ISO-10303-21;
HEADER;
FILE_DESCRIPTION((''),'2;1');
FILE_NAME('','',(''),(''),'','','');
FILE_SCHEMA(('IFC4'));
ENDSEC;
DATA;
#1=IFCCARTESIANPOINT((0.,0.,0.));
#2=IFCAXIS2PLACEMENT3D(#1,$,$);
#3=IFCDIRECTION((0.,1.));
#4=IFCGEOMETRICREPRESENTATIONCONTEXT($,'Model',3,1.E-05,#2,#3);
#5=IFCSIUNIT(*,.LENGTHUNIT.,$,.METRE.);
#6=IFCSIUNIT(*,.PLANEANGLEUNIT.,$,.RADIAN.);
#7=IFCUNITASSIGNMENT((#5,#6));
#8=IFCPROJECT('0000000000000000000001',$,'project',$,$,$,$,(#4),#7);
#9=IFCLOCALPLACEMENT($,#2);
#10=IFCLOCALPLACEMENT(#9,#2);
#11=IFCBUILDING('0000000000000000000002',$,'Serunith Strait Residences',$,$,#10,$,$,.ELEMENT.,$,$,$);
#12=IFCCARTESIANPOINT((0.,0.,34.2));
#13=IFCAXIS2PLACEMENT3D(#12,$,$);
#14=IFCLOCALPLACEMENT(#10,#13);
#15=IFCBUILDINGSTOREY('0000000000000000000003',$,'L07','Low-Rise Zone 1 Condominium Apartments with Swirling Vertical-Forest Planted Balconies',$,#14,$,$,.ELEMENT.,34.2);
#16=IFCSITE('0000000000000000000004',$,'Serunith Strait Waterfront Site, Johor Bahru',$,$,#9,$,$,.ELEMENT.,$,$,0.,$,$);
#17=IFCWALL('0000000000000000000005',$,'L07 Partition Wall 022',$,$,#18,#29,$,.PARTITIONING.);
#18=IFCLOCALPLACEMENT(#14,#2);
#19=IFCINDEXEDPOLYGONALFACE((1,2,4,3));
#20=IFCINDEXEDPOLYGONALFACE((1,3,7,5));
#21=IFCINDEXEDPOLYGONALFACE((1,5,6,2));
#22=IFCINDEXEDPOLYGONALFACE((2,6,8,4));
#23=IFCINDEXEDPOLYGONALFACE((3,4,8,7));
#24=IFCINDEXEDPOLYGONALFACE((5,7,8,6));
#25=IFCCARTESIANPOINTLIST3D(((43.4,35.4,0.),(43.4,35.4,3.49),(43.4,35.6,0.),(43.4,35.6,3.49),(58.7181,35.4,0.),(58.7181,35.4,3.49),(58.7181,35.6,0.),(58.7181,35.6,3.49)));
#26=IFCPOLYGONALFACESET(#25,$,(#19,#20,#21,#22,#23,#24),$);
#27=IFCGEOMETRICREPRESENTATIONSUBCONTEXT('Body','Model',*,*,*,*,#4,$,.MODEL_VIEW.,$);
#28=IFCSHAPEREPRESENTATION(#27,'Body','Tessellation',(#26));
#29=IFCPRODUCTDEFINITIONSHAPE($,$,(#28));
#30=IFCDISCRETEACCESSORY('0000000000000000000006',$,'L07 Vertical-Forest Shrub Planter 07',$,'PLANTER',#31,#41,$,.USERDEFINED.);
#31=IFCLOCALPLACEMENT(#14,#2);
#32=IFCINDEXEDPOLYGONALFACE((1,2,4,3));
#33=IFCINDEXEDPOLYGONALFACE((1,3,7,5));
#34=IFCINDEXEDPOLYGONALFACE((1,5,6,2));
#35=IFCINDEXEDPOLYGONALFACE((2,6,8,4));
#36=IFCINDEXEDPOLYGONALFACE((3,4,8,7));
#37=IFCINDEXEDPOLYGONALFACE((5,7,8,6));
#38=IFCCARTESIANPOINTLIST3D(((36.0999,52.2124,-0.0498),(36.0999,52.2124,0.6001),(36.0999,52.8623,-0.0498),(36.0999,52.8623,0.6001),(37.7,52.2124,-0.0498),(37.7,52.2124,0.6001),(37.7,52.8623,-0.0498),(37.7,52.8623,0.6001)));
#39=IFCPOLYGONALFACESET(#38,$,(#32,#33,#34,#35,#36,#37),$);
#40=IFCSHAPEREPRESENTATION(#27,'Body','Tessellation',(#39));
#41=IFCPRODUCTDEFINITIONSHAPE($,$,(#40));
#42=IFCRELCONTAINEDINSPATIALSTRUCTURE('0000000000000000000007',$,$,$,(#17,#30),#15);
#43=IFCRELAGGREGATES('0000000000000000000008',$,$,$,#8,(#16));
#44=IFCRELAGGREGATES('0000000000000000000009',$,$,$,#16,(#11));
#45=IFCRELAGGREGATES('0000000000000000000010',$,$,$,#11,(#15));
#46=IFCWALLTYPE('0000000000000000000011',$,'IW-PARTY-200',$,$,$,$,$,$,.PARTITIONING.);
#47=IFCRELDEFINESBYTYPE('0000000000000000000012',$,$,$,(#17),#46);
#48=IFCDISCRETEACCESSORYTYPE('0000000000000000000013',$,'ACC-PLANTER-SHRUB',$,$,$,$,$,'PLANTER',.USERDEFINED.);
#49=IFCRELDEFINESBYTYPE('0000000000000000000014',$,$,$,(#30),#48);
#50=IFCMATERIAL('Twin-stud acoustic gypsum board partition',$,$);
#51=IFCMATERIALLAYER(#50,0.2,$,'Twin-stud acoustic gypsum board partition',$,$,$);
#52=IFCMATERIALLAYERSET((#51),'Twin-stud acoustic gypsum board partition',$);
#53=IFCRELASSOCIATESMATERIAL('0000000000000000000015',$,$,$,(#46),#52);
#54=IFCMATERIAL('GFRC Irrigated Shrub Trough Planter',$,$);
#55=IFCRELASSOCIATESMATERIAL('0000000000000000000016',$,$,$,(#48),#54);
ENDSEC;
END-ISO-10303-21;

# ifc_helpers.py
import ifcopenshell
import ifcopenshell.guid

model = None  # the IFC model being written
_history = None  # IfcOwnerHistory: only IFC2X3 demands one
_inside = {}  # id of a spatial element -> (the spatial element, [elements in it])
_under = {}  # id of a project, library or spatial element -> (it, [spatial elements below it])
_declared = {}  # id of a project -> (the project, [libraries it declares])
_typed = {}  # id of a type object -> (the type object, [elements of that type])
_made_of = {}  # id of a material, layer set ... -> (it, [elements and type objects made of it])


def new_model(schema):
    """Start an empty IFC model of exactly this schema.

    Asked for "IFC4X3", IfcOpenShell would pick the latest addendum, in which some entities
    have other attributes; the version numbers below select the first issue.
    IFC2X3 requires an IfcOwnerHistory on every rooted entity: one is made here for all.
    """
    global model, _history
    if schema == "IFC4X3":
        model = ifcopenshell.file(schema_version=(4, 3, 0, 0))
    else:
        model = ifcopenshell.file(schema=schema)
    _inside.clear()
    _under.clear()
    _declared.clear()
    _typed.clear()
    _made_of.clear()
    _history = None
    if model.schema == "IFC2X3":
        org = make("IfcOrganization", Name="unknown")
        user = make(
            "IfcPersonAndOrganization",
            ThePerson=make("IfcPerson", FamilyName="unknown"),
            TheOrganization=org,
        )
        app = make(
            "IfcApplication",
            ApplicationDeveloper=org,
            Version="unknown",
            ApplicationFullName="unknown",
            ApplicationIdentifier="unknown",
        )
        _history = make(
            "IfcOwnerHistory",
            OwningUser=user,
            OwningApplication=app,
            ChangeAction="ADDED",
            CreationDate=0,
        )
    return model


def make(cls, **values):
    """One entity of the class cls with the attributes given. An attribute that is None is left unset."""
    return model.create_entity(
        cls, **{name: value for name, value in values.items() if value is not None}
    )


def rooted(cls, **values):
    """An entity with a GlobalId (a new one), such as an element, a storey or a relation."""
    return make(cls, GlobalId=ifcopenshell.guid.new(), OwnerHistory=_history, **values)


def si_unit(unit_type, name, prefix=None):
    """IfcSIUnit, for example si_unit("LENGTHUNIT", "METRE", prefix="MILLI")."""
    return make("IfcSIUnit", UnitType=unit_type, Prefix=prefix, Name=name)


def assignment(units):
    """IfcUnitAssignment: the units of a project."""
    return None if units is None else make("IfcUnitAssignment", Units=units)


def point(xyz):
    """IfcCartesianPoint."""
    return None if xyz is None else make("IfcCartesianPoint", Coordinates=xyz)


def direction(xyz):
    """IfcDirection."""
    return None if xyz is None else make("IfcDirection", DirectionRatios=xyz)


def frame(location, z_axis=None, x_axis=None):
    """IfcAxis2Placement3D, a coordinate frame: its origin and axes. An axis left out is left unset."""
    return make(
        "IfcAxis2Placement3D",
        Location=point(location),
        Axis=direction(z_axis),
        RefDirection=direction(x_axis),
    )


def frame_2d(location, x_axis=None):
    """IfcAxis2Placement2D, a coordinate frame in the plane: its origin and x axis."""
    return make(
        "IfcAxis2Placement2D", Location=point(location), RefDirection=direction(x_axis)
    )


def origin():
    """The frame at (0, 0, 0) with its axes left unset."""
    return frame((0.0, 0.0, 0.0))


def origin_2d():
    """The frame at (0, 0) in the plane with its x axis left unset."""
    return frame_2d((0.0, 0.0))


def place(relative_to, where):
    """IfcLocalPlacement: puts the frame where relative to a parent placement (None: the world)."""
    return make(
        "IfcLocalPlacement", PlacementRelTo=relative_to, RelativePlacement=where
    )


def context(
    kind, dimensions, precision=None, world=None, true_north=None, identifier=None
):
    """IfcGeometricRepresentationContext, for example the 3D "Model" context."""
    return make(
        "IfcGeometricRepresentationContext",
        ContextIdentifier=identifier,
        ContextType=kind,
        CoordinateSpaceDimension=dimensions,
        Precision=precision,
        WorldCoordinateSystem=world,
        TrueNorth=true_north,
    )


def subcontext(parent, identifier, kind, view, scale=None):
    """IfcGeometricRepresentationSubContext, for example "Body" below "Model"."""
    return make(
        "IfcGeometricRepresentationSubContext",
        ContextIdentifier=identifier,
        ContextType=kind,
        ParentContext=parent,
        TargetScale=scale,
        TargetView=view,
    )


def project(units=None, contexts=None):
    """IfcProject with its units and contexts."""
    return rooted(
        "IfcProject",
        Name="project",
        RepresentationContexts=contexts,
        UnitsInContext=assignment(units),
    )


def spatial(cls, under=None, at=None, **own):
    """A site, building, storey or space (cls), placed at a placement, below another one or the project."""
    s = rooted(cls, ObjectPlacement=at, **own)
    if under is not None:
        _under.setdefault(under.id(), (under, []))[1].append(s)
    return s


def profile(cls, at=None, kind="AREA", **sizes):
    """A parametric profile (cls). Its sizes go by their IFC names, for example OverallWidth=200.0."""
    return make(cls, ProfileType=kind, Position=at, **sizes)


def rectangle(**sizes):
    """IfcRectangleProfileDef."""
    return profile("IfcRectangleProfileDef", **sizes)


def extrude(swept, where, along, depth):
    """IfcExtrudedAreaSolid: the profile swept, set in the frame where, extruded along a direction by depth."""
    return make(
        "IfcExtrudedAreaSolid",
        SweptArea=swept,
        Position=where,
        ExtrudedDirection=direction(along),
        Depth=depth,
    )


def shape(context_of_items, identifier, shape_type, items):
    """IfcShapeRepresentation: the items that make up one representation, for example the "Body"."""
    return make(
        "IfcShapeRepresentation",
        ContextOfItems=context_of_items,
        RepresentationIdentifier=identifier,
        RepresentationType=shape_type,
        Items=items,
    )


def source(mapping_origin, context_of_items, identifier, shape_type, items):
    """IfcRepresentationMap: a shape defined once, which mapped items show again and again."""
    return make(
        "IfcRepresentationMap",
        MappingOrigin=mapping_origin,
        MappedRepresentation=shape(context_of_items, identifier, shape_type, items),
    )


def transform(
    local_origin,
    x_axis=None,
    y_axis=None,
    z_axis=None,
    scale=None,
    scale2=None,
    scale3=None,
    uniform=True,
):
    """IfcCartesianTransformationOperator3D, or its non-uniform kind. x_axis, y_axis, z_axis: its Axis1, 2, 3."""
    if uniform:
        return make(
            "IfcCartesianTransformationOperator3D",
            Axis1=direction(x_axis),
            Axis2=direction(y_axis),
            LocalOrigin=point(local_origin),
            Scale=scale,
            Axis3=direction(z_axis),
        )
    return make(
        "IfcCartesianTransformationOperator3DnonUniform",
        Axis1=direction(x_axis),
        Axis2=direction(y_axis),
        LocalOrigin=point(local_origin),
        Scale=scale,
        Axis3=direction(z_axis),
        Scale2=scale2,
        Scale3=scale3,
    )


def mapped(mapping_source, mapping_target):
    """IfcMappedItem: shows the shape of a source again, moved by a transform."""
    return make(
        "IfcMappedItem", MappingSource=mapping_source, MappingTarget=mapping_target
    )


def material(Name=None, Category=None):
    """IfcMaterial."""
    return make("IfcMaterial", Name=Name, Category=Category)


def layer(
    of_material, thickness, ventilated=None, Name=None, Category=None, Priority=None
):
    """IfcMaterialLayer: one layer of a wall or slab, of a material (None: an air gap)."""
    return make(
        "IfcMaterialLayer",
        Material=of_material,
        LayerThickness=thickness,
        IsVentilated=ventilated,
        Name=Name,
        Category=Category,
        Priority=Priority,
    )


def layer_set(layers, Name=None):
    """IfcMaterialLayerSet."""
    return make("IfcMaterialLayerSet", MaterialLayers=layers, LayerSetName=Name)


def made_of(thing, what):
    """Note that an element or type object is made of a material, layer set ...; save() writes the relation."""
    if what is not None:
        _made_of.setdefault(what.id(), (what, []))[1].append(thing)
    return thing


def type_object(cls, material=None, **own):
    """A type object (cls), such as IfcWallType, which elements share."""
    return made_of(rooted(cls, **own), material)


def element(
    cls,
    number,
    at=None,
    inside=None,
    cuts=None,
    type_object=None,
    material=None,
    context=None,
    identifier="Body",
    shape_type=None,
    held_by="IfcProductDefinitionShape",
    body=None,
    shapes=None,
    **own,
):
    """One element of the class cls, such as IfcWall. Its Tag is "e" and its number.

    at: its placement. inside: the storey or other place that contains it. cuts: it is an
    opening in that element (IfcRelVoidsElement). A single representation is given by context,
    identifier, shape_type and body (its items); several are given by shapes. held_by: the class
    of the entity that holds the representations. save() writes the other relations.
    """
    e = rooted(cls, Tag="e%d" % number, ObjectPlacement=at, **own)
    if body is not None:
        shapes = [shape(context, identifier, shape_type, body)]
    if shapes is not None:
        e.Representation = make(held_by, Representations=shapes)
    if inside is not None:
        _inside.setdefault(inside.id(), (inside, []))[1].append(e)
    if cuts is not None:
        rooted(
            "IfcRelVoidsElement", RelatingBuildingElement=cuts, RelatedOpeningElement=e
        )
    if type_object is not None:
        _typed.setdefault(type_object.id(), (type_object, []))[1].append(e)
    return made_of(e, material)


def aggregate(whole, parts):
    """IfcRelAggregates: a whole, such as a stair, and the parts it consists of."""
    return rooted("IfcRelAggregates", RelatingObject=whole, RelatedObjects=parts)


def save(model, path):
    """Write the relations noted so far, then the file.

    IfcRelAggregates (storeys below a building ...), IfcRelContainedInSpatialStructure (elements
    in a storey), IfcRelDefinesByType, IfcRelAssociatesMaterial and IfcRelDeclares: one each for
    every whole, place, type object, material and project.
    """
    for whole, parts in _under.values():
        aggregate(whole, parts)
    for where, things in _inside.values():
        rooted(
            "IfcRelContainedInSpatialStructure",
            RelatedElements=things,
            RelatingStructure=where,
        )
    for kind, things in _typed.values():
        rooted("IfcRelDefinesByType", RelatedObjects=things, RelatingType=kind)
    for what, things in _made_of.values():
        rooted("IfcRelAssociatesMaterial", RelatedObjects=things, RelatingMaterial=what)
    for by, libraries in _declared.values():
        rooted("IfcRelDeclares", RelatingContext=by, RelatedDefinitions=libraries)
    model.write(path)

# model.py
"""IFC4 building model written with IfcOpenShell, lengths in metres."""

from ifc_helpers import new_model, si_unit, direction, frame, frame_2d, origin, origin_2d, place, context, subcontext, project, spatial, rectangle, extrude, source, transform, mapped, material, layer, layer_set, type_object, element, save


model = new_model("IFC4")

# Units and contexts
model_context = context("Model", 3, precision=1e-05, world=origin(), true_north=direction((0.0, 1.0)))
body_context = subcontext(model_context, "Body", "Model", "MODEL_VIEW")
ifc_project = project(units=[si_unit("LENGTHUNIT", "METRE"), si_unit("PLANEANGLEUNIT", "RADIAN")], contexts=[model_context])

# Site, building, storey
site_placement = place(None, origin())
site = spatial("IfcSite", under=ifc_project, at=site_placement, Name="Serunith Strait Waterfront Site, Johor Bahru", CompositionType="ELEMENT", RefElevation=0.0)
building_placement = place(site_placement, origin())
building = spatial("IfcBuilding", under=site, at=building_placement, Name="Serunith Strait Residences", CompositionType="ELEMENT")
storey_placement = place(building_placement, frame((0.0, 0.0, 34.2)))
storey = spatial("IfcBuildingStorey", under=building, at=storey_placement, Name="L07", Description="Low-Rise Zone 1 Condominium Apartments with Swirling Vertical-Forest Planted Balconies", CompositionType="ELEMENT", Elevation=34.2)

# Wall
ifc_material_1 = material(Name="Twin-stud acoustic gypsum board partition")
ifc_layer_1 = layer(ifc_material_1, 0.2, Name="Twin-stud acoustic gypsum board partition")
ifc_layer_set_1 = layer_set([ifc_layer_1], Name="Twin-stud acoustic gypsum board partition")
wall_type_1 = type_object("IfcWallType", Name="IW-PARTY-200", PredefinedType="PARTITIONING", material=ifc_layer_set_1)
wall_1_placement = place(storey_placement, frame((43.3999, 35.5, 0.0), z_axis=(0.0, 0.0, 1.0), x_axis=(1.0, 0.0, 0.0)))
element("IfcWall", 1, at=wall_1_placement, inside=storey, type_object=wall_type_1, Name="L07 Partition Wall 022", PredefinedType="PARTITIONING", context=body_context, shape_type="SweptSolid", body=[
    extrude(rectangle(XDim=15.3181, YDim=0.2, at=frame_2d((7.6592, 0.0))), origin(), (0.0, 0.0, 1.0), 3.49),
])

# Discrete accessory
ifc_material_2 = material(Name="GFRC Irrigated Shrub Trough Planter")
discrete_accessory_type = type_object("IfcDiscreteAccessoryType", Name="ACC-PLANTER-SHRUB", ElementType="PLANTER", PredefinedType="USERDEFINED", material=ifc_material_2)
shared_shape_1 = source(origin(), body_context, "Body", "SweptSolid", [
    extrude(rectangle(XDim=1.6001, YDim=0.6499, at=origin_2d()), origin(), (0.0, 0.0, 1.0), 0.6499),
])
discrete_accessory_placement = place(storey_placement, frame((36.8999, 52.5374, -0.0498), z_axis=(0.0, 0.0, 1.0), x_axis=(-1.0, 0.0, 0.0)))
element("IfcDiscreteAccessory", 2, at=discrete_accessory_placement, inside=storey, type_object=discrete_accessory_type, Name="L07 Vertical-Forest Shrub Planter 07", ObjectType="PLANTER", PredefinedType="USERDEFINED", context=body_context, shape_type="MappedRepresentation", body=[
    mapped(shared_shape_1, transform((0.0, 0.0, 0.0), scale=1.0)),
])

save(model, "model.ifc")
